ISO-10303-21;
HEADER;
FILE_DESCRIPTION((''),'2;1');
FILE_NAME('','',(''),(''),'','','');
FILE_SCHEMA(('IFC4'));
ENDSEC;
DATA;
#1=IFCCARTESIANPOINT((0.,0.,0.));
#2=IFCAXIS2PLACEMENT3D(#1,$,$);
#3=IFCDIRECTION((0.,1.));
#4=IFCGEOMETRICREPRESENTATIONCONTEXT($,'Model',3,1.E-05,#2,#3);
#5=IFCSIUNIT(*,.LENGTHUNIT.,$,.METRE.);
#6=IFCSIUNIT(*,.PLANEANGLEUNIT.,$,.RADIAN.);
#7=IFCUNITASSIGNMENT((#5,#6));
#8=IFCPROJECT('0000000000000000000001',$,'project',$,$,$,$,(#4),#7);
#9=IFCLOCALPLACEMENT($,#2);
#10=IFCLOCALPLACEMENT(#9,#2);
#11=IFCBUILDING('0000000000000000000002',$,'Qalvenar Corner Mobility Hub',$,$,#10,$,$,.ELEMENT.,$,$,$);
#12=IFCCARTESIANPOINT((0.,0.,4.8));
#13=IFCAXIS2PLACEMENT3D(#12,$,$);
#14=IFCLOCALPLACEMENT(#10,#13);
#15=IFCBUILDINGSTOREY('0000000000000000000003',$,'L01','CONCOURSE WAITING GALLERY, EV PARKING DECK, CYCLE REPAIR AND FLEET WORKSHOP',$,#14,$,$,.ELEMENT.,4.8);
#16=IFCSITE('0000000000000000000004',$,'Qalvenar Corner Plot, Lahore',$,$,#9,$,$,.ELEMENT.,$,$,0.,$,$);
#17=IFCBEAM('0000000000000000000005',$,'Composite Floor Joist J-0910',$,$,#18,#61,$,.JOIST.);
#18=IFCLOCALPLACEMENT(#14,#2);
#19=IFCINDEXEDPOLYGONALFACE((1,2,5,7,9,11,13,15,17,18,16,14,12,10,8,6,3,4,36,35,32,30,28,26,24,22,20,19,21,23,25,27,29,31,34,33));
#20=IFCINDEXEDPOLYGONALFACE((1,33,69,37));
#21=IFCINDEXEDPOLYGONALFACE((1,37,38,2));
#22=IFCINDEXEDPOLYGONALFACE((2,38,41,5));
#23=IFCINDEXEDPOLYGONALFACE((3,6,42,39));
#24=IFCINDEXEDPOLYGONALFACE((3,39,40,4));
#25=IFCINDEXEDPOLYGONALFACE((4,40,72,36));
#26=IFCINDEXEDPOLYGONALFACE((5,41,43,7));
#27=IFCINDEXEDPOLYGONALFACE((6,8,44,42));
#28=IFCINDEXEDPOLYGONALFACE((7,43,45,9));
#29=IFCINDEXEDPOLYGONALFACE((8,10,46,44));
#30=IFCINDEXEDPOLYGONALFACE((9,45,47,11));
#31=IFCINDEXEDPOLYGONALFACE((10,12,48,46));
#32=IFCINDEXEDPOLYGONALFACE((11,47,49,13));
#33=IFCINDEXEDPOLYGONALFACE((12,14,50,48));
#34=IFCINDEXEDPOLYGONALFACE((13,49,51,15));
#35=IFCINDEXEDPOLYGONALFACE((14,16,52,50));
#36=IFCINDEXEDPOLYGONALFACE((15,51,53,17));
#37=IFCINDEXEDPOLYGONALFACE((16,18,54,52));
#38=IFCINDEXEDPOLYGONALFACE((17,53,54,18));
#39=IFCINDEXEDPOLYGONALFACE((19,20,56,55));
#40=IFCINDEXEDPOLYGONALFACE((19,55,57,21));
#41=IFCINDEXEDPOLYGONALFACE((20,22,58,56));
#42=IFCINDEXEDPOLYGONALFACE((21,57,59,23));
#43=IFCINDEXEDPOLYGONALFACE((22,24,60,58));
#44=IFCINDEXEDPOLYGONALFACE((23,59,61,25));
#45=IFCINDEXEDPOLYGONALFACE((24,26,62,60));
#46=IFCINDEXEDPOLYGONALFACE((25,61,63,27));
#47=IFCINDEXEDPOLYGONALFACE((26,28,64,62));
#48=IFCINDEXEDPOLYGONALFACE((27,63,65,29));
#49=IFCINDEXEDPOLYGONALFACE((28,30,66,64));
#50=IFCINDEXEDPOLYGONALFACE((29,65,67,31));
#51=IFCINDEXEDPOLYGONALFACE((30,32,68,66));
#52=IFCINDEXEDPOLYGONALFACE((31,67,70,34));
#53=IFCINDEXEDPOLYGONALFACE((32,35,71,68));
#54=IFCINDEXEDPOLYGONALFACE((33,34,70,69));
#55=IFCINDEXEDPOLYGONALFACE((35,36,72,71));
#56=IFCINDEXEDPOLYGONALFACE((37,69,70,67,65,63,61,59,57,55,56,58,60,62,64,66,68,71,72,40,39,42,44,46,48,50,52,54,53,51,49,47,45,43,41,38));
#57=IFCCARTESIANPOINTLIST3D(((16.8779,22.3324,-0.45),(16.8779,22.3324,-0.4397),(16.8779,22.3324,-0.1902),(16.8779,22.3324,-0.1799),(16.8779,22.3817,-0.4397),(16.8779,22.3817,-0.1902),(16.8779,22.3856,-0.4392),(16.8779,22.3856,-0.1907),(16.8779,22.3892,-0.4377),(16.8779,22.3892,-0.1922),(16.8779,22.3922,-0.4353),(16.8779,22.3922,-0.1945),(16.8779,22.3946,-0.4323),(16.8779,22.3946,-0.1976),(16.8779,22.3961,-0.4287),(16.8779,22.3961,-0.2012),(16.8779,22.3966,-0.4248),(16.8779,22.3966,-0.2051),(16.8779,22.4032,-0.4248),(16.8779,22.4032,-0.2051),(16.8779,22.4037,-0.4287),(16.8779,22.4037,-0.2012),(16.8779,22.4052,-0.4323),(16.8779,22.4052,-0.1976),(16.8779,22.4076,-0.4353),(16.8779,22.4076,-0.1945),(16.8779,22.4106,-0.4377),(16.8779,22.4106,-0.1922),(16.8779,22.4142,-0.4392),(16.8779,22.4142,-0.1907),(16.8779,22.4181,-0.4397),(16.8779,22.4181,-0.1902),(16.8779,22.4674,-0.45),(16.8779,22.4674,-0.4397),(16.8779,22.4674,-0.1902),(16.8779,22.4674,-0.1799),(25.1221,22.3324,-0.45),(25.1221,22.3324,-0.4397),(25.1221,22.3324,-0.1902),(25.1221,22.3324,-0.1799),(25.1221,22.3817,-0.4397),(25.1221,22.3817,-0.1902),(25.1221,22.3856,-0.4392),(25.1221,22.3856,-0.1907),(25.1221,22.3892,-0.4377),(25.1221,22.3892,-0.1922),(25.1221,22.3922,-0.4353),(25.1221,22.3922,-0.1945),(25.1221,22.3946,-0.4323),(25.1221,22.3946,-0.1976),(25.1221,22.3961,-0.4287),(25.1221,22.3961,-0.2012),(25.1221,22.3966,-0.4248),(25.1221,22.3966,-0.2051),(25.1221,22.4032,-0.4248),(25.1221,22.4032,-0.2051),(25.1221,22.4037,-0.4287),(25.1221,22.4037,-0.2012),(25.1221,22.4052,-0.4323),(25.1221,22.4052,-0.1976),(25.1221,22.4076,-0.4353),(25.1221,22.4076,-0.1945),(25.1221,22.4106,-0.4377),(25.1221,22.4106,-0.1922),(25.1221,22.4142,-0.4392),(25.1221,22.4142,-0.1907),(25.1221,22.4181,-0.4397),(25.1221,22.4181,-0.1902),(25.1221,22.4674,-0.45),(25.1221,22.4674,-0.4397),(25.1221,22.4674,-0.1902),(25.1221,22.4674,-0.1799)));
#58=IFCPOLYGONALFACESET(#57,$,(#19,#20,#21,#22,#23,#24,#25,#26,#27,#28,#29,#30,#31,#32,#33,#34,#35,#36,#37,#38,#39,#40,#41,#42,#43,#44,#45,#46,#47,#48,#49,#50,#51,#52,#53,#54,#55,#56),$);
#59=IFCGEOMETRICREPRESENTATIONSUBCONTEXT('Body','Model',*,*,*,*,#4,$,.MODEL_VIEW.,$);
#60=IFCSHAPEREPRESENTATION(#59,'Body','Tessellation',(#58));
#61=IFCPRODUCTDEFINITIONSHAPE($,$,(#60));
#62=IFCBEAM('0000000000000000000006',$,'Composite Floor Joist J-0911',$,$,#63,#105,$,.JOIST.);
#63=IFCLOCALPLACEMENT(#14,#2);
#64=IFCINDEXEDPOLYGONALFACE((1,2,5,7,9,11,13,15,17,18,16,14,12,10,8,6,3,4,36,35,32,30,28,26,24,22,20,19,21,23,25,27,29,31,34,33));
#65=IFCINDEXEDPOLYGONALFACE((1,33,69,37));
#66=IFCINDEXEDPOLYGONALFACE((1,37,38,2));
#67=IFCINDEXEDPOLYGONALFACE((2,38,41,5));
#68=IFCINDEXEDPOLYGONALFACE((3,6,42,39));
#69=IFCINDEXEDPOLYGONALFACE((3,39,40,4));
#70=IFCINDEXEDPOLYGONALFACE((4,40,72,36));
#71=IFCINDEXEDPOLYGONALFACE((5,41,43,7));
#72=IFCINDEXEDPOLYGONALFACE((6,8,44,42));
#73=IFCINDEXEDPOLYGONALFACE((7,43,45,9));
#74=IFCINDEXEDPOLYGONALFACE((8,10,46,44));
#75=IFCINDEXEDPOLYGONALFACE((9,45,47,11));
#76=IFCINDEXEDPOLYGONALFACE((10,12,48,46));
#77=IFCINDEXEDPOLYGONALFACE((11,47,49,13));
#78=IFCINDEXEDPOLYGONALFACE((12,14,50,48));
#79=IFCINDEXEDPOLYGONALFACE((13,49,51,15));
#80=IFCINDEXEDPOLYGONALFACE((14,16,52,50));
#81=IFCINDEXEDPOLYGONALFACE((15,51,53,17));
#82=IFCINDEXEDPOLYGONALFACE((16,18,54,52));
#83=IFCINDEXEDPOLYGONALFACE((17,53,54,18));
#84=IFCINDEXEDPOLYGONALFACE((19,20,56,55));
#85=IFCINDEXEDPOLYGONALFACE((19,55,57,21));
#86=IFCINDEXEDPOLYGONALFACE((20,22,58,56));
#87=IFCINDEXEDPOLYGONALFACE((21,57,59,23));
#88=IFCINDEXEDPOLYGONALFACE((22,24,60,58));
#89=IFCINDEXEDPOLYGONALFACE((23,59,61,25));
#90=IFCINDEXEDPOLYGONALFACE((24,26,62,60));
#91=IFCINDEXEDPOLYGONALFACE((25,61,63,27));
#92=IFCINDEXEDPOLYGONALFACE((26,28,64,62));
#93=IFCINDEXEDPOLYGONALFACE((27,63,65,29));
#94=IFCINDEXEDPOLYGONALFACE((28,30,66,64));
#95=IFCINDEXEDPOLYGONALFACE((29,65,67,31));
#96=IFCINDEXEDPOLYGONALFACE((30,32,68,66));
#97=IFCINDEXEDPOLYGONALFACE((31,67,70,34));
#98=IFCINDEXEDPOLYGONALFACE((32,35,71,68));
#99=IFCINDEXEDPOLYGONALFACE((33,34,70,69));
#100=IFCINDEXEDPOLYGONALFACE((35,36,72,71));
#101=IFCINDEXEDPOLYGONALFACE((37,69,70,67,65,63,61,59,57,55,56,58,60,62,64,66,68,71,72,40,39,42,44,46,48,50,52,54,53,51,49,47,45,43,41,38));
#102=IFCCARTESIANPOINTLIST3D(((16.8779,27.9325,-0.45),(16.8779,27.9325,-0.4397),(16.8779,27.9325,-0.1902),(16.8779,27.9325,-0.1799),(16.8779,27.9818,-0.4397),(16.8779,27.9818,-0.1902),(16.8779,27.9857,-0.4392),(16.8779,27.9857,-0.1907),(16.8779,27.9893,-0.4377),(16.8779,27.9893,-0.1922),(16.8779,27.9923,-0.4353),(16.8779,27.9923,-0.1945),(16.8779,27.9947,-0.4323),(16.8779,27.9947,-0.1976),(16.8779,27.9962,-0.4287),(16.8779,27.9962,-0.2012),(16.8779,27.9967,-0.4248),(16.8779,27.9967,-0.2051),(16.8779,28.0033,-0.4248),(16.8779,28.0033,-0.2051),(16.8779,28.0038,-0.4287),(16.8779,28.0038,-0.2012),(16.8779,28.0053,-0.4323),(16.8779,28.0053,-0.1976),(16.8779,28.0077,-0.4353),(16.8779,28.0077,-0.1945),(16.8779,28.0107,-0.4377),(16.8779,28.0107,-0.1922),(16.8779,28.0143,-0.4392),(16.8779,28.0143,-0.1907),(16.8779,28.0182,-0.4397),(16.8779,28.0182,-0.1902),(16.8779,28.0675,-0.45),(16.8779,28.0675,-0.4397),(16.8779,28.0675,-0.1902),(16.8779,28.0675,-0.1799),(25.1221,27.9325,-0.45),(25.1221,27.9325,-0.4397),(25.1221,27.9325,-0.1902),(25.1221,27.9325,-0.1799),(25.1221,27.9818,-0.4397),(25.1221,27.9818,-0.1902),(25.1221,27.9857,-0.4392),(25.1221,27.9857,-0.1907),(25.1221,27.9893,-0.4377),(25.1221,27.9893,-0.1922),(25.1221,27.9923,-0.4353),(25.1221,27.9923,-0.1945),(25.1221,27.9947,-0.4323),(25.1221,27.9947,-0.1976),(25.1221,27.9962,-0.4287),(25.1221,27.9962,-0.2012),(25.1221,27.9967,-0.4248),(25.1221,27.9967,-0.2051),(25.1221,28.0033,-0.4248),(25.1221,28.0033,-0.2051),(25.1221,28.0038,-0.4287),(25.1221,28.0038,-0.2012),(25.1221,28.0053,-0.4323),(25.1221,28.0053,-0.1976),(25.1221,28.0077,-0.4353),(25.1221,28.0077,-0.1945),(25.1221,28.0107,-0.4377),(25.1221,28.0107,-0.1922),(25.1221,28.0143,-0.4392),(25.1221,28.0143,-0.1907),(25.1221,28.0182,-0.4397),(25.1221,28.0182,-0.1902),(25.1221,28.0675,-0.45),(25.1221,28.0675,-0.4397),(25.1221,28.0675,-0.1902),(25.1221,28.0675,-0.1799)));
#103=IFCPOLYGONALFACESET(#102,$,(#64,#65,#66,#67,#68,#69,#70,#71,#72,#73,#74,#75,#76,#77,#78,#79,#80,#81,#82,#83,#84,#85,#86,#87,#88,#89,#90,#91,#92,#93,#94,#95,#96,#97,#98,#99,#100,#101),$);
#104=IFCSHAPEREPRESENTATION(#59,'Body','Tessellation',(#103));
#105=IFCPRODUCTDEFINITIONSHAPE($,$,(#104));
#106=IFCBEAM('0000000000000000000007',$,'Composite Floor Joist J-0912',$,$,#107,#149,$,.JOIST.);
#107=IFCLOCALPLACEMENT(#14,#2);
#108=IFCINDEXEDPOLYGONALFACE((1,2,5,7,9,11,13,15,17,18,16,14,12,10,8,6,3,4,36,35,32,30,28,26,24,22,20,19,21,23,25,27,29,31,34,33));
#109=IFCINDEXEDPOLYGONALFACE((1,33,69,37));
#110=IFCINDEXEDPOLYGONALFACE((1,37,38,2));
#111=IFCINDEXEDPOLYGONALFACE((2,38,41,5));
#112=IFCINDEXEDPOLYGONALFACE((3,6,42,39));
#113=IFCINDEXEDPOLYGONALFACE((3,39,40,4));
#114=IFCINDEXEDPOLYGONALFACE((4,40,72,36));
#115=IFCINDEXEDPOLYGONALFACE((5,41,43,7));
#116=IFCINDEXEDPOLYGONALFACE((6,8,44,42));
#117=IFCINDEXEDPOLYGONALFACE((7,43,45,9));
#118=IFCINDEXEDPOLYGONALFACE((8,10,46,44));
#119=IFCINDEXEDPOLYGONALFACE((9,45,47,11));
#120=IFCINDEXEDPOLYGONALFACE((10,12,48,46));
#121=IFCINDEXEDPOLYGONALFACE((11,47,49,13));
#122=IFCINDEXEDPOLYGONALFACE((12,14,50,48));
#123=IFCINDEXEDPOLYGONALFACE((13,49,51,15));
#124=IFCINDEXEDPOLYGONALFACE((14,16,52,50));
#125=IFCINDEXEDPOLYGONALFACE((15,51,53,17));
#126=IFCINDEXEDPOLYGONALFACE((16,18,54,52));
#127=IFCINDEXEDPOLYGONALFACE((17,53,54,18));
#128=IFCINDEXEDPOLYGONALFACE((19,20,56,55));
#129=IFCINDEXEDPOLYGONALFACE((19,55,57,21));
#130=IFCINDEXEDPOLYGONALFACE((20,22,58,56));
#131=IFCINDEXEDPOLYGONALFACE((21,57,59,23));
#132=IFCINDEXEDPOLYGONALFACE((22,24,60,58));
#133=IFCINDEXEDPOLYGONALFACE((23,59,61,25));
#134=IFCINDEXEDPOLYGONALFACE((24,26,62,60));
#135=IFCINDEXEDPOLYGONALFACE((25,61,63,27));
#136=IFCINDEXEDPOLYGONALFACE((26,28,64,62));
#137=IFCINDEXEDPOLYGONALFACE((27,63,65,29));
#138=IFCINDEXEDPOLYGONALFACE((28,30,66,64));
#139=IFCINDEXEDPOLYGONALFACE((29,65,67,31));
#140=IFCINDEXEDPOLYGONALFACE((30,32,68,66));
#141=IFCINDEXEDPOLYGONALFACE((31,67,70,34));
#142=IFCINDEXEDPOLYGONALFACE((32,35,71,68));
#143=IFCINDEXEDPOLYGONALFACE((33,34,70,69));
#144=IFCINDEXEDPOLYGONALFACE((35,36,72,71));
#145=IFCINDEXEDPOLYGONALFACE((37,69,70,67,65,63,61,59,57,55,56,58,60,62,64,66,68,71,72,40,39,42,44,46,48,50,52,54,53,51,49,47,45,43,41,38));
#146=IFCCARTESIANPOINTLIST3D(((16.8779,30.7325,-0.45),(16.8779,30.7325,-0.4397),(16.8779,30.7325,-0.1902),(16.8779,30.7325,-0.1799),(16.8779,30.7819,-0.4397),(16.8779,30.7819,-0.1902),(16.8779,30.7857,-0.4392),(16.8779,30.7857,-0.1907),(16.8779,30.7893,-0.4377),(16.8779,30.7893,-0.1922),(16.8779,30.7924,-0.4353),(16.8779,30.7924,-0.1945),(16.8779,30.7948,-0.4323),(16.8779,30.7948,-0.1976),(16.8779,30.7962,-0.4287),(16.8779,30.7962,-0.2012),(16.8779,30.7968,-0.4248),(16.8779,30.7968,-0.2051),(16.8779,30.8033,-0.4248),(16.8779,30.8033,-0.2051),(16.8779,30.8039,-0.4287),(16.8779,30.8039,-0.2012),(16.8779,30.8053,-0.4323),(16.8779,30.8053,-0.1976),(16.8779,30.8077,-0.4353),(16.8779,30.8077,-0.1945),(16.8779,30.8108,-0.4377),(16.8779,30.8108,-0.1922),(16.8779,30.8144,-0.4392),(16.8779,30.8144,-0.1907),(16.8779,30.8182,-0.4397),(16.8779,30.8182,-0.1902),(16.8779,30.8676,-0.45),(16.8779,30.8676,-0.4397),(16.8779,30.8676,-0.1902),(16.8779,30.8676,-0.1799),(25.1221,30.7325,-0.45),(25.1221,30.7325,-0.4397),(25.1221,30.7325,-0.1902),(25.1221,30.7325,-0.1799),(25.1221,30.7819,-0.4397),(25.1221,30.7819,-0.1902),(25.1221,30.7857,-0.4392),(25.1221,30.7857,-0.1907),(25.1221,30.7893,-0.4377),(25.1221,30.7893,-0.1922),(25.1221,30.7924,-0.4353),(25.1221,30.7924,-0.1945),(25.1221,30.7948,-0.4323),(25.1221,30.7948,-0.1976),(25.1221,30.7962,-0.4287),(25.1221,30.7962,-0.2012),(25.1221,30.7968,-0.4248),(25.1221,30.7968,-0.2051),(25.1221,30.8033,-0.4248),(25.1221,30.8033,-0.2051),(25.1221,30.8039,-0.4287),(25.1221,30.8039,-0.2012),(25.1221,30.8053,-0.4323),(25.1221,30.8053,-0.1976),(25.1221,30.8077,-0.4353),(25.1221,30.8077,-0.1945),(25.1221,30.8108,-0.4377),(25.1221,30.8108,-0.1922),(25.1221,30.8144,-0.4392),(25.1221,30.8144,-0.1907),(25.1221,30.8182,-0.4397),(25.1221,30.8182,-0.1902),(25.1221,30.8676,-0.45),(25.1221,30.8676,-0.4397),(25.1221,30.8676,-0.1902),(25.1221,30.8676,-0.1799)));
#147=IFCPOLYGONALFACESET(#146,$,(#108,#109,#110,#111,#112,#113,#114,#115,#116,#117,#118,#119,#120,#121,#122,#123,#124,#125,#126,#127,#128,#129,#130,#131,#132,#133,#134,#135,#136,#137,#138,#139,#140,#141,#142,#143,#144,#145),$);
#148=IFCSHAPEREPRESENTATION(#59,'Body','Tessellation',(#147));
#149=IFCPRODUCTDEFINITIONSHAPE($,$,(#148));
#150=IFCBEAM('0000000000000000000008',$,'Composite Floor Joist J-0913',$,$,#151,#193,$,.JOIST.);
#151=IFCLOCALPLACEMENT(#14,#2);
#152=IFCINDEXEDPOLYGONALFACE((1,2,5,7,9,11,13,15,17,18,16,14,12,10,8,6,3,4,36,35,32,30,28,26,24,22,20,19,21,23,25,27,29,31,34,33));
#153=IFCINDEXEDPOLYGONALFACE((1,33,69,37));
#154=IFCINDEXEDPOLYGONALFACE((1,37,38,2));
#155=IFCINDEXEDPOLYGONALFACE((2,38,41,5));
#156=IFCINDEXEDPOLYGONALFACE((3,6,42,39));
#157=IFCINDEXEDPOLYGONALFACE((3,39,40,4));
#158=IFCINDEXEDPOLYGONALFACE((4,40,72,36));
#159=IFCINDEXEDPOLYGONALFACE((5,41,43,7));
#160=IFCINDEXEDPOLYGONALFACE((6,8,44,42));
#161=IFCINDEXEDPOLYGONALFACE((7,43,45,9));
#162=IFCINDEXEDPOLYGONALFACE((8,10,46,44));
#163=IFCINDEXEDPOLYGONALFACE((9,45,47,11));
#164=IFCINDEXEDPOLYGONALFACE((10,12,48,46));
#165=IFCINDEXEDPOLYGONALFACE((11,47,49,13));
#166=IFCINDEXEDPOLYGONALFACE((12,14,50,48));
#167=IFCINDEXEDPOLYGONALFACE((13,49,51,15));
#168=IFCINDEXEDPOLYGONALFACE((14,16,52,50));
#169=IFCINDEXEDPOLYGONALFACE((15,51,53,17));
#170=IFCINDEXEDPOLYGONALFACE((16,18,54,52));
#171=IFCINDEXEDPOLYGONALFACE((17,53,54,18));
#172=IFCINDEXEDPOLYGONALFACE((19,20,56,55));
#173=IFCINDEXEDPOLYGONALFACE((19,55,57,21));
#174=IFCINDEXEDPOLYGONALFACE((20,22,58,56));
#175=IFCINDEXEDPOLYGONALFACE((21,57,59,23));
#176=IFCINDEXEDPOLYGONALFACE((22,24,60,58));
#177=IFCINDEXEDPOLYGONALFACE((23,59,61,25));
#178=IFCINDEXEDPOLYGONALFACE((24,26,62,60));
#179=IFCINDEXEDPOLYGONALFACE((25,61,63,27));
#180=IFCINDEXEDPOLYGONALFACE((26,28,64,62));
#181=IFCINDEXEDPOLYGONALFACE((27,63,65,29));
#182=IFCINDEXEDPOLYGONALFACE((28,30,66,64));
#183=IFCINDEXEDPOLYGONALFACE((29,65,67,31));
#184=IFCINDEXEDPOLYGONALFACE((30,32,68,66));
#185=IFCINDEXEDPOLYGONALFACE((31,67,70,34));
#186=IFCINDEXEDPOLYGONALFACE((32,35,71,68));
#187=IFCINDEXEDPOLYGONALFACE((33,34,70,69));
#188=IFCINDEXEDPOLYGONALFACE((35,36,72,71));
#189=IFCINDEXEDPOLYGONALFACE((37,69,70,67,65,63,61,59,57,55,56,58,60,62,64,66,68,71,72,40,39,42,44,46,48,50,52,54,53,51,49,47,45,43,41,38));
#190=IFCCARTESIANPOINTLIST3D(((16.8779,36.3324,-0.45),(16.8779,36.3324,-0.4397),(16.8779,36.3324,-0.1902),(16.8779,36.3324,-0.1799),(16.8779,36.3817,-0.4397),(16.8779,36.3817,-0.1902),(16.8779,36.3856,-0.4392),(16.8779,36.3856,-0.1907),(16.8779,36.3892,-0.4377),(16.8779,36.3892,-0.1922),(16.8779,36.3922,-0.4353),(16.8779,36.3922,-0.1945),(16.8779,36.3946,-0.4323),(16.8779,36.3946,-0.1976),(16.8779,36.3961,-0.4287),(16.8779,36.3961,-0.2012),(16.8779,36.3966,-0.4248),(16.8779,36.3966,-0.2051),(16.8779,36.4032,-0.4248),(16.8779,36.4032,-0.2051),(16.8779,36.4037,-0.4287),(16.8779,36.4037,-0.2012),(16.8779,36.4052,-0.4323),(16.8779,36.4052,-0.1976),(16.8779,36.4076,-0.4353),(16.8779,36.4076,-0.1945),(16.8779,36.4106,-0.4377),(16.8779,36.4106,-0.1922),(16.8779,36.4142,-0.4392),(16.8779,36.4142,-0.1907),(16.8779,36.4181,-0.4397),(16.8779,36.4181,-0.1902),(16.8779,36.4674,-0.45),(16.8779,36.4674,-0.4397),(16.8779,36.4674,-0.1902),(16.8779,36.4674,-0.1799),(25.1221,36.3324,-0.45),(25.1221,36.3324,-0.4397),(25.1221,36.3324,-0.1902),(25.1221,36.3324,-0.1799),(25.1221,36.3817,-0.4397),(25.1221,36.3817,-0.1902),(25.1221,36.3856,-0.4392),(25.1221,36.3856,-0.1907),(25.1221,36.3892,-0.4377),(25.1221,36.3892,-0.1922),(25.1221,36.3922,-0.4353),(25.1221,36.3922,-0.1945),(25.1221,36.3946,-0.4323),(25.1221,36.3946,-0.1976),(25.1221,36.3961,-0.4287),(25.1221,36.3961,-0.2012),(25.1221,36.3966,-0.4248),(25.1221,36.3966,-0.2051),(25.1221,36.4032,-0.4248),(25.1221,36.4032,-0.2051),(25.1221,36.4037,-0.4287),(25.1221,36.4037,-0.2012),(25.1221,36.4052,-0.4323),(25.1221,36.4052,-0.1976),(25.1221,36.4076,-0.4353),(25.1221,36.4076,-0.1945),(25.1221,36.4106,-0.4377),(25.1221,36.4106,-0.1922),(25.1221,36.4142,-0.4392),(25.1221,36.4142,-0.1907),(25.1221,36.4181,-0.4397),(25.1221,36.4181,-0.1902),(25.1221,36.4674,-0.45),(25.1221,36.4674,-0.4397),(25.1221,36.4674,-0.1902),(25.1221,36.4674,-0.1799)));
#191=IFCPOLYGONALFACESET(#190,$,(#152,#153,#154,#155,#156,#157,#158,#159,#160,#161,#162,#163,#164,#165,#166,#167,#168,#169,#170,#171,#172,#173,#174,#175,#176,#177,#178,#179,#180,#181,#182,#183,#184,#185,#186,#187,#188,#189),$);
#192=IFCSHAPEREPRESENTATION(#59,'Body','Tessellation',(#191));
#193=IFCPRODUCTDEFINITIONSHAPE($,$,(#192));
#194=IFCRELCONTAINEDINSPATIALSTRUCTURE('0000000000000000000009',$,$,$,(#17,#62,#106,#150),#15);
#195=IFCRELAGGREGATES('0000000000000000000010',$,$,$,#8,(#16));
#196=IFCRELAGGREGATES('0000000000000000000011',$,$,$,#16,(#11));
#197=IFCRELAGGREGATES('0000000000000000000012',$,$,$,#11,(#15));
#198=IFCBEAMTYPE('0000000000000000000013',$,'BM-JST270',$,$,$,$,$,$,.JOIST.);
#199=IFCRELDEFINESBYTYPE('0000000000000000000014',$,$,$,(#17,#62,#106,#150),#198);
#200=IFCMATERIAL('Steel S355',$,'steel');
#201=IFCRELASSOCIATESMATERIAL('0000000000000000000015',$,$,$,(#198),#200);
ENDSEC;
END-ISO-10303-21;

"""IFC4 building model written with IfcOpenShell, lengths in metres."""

from ifc_helpers import new_model, si_unit, direction, frame, origin, origin_2d, place, context, subcontext, project, spatial, i_section, extrude, material, material_profile, profile_set, type_object, element, save


model = new_model("IFC4")

# Units and contexts
model_context = context("Model", 3, precision=1e-05, world=origin(), true_north=direction((0.0, 1.0)))
body_context = subcontext(model_context, "Body", "Model", "MODEL_VIEW")
ifc_project = project(units=[si_unit("LENGTHUNIT", "METRE"), si_unit("PLANEANGLEUNIT", "RADIAN")], contexts=[model_context])

# Site, building, storey
site_placement = place(None, origin())
site = spatial("IfcSite", under=ifc_project, at=site_placement, Name="Qalvenar Corner Plot, Lahore", CompositionType="ELEMENT", RefElevation=0.0)
building_placement = place(site_placement, origin())
building = spatial("IfcBuilding", under=site, at=building_placement, Name="Qalvenar Corner Mobility Hub", CompositionType="ELEMENT")
storey_placement = place(building_placement, frame((0.0, 0.0, 4.8)))
storey = spatial("IfcBuildingStorey", under=building, at=storey_placement, Name="L01", Description="CONCOURSE WAITING GALLERY, EV PARKING DECK, CYCLE REPAIR AND FLEET WORKSHOP", CompositionType="ELEMENT", Elevation=4.8)

# Shared definitions
ifc_material_1 = material(Name="Steel S355", Category="steel")

# Beams
ifc_material_profile_1 = material_profile(ifc_material_1, i_section(OverallWidth=0.135, OverallDepth=0.27, WebThickness=0.0066, FlangeThickness=0.0103, FilletRadius=0.0149, at=origin_2d()), Name="IPE270")
ifc_profile_set_1 = profile_set([ifc_material_profile_1], Name="Steel S355")
beam_type_1 = type_object("IfcBeamType", Name="BM-JST270", PredefinedType="JOIST", material=ifc_profile_set_1)
for number, where, z_axis, x_axis, name in (
    (1, (16.8779, 22.3999, -0.3149), (1.0, 0.0, 0.0), (0.0, 1.0, 0.0), "Composite Floor Joist J-0910"),
    (2, (16.8779, 28.0, -0.3149), (1.0, 0.0, 0.0), (0.0, 1.0, 0.0), "Composite Floor Joist J-0911"),
    (3, (16.8779, 30.8, -0.3149), (1.0, 0.0, 0.0), (0.0, 1.0, 0.0), "Composite Floor Joist J-0912"),
    (4, (16.8779, 36.3999, -0.3149), (1.0, 0.0, 0.0), (0.0, 1.0, 0.0), "Composite Floor Joist J-0913"),
):
    element("IfcBeam", number, at=place(storey_placement, frame(where, z_axis=z_axis, x_axis=x_axis)), inside=storey, type_object=beam_type_1, Name=name, PredefinedType="JOIST", context=body_context, shape_type="SweptSolid", body=[
        extrude(i_section(OverallWidth=0.135, OverallDepth=0.27, WebThickness=0.0066, FlangeThickness=0.0103, FilletRadius=0.0149, at=origin_2d()), origin(), (0.0, 0.0, 1.0), 8.2441),
    ])

save(model, "model.ifc")
